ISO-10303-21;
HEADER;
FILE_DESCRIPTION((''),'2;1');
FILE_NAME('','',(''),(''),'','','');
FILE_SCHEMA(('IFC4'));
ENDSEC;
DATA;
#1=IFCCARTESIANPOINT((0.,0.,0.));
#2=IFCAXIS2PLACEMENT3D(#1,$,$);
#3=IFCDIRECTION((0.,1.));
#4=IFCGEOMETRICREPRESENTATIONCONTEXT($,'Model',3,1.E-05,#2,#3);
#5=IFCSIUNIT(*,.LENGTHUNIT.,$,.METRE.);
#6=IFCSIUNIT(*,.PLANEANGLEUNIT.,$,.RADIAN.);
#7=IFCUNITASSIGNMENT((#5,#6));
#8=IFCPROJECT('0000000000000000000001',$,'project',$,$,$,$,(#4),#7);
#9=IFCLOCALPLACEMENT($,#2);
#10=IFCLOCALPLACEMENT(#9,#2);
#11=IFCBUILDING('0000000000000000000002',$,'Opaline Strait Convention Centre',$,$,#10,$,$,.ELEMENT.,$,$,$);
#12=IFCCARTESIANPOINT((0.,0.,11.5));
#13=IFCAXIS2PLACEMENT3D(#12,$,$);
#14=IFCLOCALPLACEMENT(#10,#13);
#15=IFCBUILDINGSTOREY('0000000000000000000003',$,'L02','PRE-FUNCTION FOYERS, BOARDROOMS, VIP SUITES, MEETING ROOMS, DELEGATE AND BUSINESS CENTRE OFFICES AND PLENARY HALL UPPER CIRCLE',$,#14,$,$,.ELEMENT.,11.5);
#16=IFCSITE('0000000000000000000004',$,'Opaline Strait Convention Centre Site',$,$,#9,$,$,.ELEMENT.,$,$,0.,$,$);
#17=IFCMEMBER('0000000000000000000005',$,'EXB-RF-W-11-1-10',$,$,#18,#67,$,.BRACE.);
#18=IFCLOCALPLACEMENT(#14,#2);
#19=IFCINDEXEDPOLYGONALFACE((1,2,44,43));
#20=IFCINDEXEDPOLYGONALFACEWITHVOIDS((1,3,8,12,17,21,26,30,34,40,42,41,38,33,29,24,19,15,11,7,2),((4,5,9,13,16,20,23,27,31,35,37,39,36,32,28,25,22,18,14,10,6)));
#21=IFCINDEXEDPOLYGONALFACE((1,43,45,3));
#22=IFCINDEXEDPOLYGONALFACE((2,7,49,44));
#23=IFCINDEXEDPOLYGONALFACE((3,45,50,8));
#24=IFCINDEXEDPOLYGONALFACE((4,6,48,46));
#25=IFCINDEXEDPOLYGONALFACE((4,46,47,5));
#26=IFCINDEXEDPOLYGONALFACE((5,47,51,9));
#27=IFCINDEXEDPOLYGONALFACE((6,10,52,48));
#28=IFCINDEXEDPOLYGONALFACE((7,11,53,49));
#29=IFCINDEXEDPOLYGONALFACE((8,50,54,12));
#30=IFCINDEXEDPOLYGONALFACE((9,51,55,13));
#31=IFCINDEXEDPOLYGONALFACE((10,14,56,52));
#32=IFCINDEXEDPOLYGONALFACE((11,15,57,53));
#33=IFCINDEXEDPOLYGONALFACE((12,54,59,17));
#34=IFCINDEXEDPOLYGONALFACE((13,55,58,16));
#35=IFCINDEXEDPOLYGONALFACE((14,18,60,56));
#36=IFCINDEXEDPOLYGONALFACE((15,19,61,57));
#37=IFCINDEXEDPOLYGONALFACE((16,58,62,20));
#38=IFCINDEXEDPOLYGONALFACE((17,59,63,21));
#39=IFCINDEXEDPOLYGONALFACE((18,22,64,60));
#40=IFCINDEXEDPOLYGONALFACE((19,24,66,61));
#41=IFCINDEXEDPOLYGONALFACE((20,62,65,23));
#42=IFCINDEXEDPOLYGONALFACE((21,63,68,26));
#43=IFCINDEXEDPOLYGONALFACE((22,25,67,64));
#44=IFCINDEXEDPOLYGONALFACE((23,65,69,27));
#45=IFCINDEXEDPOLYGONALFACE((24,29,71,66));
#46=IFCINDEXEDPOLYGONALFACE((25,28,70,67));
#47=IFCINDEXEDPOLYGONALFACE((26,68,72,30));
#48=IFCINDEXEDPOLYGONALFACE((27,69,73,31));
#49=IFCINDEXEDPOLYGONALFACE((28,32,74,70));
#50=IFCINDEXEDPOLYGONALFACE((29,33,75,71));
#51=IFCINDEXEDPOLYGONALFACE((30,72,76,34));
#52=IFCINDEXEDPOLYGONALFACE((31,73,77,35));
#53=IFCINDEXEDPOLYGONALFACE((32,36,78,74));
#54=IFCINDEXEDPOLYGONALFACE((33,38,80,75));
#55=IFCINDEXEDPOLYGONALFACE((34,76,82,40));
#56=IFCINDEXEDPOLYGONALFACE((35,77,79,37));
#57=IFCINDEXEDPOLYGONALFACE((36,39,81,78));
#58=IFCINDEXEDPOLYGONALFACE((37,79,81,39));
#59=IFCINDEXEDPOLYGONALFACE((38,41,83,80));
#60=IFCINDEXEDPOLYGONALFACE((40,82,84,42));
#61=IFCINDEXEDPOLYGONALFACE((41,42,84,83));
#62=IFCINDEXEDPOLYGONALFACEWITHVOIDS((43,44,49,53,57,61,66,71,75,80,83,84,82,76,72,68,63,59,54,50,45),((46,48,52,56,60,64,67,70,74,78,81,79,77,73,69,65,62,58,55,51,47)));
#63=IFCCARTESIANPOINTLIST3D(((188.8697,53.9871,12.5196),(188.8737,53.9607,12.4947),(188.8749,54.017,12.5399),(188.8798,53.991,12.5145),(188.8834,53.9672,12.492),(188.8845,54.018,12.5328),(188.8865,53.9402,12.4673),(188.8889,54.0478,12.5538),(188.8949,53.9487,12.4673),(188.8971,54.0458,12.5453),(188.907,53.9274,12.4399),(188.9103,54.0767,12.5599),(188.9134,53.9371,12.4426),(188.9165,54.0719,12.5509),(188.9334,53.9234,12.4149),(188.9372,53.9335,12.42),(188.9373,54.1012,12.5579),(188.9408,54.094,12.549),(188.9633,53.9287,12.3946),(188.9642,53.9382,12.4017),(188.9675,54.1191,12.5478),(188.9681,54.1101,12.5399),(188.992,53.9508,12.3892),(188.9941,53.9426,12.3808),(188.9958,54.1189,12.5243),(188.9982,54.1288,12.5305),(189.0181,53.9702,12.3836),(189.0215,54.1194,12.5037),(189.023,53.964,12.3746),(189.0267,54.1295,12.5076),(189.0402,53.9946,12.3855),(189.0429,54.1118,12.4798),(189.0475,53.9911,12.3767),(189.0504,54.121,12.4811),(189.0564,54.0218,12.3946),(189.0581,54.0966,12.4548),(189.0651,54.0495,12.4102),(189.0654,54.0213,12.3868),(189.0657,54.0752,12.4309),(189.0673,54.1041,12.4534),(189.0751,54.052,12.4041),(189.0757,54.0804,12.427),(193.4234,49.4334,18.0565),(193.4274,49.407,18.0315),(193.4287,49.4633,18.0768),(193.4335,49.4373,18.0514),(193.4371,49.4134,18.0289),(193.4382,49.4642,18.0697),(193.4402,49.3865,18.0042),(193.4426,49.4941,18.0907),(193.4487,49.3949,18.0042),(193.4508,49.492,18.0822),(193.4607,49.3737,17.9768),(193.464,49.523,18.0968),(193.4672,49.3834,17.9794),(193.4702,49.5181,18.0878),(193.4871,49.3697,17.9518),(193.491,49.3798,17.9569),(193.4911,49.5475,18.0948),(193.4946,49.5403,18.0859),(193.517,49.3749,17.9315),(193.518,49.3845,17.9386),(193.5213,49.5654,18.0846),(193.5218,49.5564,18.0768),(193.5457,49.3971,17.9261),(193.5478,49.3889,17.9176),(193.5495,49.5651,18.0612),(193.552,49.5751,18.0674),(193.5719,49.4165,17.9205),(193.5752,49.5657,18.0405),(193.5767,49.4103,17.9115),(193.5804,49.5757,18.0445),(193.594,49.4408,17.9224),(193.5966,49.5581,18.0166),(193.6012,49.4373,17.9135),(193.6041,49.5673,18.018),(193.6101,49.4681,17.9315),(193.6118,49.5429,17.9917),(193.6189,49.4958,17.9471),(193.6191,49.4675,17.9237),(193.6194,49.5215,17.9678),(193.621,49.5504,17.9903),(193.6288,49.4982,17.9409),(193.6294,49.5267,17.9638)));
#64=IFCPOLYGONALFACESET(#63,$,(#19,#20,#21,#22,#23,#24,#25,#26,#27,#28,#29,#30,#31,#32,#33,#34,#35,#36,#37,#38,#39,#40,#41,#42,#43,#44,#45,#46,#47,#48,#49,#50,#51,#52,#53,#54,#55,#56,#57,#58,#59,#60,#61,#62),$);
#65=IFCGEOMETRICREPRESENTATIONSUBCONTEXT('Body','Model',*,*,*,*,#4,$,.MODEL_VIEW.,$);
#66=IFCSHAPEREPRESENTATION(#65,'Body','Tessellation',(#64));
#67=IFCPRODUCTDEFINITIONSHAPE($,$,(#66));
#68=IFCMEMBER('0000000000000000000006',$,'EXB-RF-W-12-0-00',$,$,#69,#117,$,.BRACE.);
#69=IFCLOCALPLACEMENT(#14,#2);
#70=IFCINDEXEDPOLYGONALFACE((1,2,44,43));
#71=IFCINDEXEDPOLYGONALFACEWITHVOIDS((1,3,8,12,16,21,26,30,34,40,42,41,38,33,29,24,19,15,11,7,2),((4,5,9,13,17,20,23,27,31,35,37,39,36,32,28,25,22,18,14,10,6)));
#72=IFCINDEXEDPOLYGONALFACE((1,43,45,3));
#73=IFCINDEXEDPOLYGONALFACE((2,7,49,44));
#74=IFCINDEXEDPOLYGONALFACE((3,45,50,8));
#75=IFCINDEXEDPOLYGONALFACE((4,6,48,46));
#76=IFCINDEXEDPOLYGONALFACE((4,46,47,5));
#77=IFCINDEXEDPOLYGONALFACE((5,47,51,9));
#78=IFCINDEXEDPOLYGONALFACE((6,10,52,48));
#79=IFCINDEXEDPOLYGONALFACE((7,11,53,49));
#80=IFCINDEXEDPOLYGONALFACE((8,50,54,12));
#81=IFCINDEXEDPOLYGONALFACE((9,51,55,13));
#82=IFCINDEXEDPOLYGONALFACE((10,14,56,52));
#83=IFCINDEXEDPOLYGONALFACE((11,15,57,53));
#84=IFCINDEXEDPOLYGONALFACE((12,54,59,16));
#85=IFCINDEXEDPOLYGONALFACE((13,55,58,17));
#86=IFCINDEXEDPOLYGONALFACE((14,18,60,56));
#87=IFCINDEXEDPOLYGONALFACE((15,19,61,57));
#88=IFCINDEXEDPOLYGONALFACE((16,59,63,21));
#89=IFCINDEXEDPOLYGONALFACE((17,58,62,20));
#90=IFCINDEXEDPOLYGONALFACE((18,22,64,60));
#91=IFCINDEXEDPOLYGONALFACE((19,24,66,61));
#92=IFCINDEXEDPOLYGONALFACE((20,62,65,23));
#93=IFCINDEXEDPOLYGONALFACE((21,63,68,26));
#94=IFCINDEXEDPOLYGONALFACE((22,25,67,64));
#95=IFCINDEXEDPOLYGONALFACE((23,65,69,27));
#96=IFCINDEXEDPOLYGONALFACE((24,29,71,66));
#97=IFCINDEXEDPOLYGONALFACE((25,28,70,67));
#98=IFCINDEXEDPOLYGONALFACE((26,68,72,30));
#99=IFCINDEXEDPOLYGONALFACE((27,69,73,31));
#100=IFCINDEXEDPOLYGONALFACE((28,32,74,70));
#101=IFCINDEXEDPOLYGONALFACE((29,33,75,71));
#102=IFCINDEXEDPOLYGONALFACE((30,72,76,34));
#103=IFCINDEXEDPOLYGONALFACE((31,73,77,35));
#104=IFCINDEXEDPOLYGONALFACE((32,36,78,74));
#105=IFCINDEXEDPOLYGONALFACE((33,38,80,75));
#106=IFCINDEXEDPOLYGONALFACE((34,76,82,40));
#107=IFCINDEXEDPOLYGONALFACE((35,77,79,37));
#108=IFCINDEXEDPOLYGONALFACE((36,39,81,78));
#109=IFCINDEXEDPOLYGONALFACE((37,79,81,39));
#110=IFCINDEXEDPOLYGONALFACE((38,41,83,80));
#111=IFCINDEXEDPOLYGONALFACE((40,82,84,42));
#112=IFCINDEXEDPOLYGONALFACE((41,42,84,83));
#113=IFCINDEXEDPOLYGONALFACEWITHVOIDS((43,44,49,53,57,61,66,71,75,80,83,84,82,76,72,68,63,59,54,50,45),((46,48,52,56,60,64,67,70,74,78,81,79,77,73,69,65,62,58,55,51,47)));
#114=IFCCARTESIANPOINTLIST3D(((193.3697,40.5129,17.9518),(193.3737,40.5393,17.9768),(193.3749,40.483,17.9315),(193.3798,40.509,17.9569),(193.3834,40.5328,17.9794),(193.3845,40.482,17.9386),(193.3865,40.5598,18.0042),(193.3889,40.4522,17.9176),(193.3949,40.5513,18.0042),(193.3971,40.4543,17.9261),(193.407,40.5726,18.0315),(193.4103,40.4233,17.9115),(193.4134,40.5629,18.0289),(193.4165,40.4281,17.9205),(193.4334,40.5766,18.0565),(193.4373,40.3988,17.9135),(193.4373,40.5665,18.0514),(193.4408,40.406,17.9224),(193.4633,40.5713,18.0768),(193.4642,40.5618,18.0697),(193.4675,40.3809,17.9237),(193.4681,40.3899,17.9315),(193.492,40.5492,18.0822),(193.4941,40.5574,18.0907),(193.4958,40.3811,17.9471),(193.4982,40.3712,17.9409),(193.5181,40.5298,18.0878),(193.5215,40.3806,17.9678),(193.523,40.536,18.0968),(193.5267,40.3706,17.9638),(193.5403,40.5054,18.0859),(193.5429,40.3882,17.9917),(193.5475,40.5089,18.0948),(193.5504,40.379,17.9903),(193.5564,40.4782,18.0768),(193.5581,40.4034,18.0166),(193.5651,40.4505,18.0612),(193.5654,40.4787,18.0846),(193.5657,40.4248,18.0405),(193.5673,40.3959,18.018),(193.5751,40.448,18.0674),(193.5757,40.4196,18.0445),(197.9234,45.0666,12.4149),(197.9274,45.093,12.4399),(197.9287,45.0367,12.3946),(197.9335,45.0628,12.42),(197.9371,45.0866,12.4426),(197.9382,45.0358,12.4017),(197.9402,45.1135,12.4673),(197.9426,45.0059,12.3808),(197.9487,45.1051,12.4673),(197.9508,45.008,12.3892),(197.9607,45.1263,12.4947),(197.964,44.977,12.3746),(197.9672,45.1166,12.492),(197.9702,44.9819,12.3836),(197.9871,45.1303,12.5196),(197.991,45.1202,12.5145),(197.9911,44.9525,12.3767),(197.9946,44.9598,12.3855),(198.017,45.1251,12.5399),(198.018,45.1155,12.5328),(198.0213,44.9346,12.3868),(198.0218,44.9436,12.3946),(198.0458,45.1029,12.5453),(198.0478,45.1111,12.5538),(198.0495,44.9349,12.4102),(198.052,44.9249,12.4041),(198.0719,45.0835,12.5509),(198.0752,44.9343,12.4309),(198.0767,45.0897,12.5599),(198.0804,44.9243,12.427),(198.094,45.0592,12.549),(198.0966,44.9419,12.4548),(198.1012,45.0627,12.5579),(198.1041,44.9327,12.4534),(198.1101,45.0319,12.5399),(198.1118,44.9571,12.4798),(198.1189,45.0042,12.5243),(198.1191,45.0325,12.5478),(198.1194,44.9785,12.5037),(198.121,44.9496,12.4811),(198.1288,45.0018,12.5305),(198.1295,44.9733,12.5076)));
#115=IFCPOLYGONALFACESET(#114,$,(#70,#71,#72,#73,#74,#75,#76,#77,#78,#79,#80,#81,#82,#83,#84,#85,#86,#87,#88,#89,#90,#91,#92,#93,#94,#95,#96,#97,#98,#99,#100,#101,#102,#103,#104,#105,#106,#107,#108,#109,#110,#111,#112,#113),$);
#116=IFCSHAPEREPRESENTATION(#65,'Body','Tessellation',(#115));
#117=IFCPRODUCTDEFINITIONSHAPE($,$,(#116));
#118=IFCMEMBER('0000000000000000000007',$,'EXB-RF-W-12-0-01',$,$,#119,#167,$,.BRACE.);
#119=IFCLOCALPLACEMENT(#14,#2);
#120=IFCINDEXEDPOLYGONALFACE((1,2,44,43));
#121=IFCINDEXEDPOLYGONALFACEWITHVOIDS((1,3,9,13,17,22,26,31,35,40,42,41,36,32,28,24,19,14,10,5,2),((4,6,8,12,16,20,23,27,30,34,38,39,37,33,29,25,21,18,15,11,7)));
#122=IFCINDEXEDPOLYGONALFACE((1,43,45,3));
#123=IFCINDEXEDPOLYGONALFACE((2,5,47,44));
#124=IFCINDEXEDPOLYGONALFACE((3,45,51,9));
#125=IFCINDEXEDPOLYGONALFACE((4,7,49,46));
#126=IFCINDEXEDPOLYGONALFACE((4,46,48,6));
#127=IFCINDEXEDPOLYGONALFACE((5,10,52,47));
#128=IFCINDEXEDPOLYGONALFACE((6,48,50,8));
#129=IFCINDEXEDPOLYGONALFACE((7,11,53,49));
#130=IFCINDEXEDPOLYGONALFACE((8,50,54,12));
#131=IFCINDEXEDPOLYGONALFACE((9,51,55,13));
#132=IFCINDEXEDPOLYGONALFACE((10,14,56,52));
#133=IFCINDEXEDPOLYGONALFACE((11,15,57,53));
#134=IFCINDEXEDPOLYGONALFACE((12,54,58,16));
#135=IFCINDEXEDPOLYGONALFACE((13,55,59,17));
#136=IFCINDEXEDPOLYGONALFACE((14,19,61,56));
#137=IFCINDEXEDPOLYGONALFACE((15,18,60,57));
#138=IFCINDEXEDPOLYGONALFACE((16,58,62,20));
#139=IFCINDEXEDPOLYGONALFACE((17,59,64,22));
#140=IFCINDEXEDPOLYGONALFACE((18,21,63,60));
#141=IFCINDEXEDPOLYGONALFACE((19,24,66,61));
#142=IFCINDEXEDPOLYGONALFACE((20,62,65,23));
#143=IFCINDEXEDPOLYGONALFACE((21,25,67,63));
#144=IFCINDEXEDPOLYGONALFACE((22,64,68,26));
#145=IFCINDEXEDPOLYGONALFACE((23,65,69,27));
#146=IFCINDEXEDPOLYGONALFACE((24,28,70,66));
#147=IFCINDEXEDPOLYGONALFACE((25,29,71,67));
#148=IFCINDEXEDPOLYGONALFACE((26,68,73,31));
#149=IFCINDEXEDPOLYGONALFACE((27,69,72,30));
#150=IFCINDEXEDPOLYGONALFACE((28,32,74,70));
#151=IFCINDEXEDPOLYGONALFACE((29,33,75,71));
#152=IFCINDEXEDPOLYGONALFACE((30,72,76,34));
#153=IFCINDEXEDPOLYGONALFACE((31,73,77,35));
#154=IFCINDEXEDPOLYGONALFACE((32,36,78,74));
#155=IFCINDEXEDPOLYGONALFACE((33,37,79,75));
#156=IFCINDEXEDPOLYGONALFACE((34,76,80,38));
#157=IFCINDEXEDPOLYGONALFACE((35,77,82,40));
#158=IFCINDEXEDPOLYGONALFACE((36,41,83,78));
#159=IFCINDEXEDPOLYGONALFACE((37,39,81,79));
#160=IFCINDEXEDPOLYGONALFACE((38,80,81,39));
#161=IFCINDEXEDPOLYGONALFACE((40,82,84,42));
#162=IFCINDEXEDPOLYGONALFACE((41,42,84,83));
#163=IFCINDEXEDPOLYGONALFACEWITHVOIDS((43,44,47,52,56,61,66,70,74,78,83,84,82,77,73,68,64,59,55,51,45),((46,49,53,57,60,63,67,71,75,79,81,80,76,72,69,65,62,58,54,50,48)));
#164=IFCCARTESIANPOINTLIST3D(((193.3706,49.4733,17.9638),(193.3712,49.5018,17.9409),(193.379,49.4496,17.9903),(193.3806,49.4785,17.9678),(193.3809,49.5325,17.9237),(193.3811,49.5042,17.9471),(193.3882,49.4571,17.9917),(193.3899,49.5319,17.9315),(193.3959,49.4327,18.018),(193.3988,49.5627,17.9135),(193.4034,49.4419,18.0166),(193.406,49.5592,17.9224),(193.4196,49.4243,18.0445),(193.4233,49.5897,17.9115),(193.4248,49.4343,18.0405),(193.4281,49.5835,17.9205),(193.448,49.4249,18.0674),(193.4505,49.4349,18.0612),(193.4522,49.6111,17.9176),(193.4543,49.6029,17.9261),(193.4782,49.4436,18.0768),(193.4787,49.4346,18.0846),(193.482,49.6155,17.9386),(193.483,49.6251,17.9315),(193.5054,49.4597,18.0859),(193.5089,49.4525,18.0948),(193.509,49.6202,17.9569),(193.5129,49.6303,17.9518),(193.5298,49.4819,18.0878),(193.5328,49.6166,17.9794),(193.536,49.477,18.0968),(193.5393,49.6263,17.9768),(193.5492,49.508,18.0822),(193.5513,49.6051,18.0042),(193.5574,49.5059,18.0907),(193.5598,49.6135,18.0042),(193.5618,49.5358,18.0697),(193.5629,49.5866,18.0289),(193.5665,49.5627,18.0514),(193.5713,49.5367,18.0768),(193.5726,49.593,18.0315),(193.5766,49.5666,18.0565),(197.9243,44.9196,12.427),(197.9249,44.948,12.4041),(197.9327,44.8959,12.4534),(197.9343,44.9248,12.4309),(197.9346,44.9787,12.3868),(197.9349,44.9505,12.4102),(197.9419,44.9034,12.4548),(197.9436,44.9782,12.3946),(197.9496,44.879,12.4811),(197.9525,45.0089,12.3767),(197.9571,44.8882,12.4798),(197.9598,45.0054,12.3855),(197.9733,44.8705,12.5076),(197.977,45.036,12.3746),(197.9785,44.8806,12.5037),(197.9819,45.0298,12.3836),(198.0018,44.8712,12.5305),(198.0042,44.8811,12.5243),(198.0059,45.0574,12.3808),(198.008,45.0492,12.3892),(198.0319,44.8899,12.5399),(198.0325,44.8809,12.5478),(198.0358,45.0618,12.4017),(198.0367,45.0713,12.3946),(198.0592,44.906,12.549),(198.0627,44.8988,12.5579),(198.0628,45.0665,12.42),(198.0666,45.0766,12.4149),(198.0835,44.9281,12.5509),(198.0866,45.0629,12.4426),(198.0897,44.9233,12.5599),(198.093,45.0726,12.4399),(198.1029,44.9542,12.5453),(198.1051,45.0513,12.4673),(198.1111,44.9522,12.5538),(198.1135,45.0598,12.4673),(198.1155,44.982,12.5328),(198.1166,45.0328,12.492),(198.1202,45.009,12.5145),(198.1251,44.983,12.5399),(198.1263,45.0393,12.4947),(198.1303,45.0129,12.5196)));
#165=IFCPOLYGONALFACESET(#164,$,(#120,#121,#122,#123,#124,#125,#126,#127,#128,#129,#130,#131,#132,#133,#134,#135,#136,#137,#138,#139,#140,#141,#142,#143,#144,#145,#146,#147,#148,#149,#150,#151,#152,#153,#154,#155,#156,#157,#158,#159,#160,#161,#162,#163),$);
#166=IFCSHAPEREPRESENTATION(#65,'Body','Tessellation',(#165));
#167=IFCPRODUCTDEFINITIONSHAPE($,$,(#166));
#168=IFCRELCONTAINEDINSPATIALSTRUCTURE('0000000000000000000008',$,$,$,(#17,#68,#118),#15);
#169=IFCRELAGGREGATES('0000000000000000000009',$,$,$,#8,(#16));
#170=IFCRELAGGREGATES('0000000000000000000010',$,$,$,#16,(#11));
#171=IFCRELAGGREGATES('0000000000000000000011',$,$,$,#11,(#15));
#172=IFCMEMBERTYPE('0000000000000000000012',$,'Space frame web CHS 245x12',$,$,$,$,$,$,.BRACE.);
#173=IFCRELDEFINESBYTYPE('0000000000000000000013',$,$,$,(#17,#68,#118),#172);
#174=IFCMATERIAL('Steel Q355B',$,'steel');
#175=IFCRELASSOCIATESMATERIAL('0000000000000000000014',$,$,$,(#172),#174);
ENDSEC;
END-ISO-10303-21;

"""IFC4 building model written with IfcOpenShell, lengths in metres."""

from ifc_helpers import new_model, si_unit, direction, frame, origin, origin_2d, place, context, subcontext, project, spatial, hollow_circle, extrude, material, material_profile, profile_set, type_object, element, save


model = new_model("IFC4")

# Units and contexts
model_context = context("Model", 3, precision=1e-05, world=origin(), true_north=direction((0.0, 1.0)))
body_context = subcontext(model_context, "Body", "Model", "MODEL_VIEW")
ifc_project = project(units=[si_unit("LENGTHUNIT", "METRE"), si_unit("PLANEANGLEUNIT", "RADIAN")], contexts=[model_context])

# Site, building, storey
site_placement = place(None, origin())
site = spatial("IfcSite", under=ifc_project, at=site_placement, Name="Opaline Strait Convention Centre Site", CompositionType="ELEMENT", RefElevation=0.0)
building_placement = place(site_placement, origin())
building = spatial("IfcBuilding", under=site, at=building_placement, Name="Opaline Strait Convention Centre", CompositionType="ELEMENT")
storey_placement = place(building_placement, frame((0.0, 0.0, 11.5)))
storey = spatial("IfcBuildingStorey", under=building, at=storey_placement, Name="L02", Description="PRE-FUNCTION FOYERS, BOARDROOMS, VIP SUITES, MEETING ROOMS, DELEGATE AND BUSINESS CENTRE OFFICES AND PLENARY HALL UPPER CIRCLE", CompositionType="ELEMENT", Elevation=11.5)

# Members
ifc_material_1 = material(Name="Steel Q355B", Category="steel")
ifc_material_profile_1 = material_profile(ifc_material_1, hollow_circle(Radius=0.1226, WallThickness=0.012, at=origin_2d()), Name="CHS 245x12")
ifc_profile_set_1 = profile_set([ifc_material_profile_1], Name="Steel Q355B")
member_type_1 = type_object("IfcMemberType", Name="Space frame web CHS 245x12", PredefinedType="BRACE", material=ifc_profile_set_1)
for number, where, z_axis, x_axis, name in (
    (1, (193.5269, 49.4731, 18.0042), (-0.536178, 0.536178, -0.65194), (-0.707107, -0.707107, 0.0), "EXB-RF-W-11-1-10"),
    (2, (193.4731, 40.4731, 18.0042), (0.536178, 0.536178, -0.65194), (-0.707107, 0.707107, 0.0), "EXB-RF-W-12-0-00"),
    (3, (193.4731, 49.5269, 18.0042), (0.536178, -0.536178, -0.65194), (0.707107, 0.707107, 0.0), "EXB-RF-W-12-0-01"),
):
    element("IfcMember", number, at=place(storey_placement, frame(where, z_axis=z_axis, x_axis=x_axis)), inside=storey, type_object=member_type_1, Name=name, PredefinedType="BRACE", context=body_context, shape_type="SweptSolid", body=[
        extrude(hollow_circle(Radius=0.1226, WallThickness=0.012, at=origin_2d()), origin(), (0.0, 0.0, 1.0), 8.4929),
    ])

save(model, "model.ifc")
